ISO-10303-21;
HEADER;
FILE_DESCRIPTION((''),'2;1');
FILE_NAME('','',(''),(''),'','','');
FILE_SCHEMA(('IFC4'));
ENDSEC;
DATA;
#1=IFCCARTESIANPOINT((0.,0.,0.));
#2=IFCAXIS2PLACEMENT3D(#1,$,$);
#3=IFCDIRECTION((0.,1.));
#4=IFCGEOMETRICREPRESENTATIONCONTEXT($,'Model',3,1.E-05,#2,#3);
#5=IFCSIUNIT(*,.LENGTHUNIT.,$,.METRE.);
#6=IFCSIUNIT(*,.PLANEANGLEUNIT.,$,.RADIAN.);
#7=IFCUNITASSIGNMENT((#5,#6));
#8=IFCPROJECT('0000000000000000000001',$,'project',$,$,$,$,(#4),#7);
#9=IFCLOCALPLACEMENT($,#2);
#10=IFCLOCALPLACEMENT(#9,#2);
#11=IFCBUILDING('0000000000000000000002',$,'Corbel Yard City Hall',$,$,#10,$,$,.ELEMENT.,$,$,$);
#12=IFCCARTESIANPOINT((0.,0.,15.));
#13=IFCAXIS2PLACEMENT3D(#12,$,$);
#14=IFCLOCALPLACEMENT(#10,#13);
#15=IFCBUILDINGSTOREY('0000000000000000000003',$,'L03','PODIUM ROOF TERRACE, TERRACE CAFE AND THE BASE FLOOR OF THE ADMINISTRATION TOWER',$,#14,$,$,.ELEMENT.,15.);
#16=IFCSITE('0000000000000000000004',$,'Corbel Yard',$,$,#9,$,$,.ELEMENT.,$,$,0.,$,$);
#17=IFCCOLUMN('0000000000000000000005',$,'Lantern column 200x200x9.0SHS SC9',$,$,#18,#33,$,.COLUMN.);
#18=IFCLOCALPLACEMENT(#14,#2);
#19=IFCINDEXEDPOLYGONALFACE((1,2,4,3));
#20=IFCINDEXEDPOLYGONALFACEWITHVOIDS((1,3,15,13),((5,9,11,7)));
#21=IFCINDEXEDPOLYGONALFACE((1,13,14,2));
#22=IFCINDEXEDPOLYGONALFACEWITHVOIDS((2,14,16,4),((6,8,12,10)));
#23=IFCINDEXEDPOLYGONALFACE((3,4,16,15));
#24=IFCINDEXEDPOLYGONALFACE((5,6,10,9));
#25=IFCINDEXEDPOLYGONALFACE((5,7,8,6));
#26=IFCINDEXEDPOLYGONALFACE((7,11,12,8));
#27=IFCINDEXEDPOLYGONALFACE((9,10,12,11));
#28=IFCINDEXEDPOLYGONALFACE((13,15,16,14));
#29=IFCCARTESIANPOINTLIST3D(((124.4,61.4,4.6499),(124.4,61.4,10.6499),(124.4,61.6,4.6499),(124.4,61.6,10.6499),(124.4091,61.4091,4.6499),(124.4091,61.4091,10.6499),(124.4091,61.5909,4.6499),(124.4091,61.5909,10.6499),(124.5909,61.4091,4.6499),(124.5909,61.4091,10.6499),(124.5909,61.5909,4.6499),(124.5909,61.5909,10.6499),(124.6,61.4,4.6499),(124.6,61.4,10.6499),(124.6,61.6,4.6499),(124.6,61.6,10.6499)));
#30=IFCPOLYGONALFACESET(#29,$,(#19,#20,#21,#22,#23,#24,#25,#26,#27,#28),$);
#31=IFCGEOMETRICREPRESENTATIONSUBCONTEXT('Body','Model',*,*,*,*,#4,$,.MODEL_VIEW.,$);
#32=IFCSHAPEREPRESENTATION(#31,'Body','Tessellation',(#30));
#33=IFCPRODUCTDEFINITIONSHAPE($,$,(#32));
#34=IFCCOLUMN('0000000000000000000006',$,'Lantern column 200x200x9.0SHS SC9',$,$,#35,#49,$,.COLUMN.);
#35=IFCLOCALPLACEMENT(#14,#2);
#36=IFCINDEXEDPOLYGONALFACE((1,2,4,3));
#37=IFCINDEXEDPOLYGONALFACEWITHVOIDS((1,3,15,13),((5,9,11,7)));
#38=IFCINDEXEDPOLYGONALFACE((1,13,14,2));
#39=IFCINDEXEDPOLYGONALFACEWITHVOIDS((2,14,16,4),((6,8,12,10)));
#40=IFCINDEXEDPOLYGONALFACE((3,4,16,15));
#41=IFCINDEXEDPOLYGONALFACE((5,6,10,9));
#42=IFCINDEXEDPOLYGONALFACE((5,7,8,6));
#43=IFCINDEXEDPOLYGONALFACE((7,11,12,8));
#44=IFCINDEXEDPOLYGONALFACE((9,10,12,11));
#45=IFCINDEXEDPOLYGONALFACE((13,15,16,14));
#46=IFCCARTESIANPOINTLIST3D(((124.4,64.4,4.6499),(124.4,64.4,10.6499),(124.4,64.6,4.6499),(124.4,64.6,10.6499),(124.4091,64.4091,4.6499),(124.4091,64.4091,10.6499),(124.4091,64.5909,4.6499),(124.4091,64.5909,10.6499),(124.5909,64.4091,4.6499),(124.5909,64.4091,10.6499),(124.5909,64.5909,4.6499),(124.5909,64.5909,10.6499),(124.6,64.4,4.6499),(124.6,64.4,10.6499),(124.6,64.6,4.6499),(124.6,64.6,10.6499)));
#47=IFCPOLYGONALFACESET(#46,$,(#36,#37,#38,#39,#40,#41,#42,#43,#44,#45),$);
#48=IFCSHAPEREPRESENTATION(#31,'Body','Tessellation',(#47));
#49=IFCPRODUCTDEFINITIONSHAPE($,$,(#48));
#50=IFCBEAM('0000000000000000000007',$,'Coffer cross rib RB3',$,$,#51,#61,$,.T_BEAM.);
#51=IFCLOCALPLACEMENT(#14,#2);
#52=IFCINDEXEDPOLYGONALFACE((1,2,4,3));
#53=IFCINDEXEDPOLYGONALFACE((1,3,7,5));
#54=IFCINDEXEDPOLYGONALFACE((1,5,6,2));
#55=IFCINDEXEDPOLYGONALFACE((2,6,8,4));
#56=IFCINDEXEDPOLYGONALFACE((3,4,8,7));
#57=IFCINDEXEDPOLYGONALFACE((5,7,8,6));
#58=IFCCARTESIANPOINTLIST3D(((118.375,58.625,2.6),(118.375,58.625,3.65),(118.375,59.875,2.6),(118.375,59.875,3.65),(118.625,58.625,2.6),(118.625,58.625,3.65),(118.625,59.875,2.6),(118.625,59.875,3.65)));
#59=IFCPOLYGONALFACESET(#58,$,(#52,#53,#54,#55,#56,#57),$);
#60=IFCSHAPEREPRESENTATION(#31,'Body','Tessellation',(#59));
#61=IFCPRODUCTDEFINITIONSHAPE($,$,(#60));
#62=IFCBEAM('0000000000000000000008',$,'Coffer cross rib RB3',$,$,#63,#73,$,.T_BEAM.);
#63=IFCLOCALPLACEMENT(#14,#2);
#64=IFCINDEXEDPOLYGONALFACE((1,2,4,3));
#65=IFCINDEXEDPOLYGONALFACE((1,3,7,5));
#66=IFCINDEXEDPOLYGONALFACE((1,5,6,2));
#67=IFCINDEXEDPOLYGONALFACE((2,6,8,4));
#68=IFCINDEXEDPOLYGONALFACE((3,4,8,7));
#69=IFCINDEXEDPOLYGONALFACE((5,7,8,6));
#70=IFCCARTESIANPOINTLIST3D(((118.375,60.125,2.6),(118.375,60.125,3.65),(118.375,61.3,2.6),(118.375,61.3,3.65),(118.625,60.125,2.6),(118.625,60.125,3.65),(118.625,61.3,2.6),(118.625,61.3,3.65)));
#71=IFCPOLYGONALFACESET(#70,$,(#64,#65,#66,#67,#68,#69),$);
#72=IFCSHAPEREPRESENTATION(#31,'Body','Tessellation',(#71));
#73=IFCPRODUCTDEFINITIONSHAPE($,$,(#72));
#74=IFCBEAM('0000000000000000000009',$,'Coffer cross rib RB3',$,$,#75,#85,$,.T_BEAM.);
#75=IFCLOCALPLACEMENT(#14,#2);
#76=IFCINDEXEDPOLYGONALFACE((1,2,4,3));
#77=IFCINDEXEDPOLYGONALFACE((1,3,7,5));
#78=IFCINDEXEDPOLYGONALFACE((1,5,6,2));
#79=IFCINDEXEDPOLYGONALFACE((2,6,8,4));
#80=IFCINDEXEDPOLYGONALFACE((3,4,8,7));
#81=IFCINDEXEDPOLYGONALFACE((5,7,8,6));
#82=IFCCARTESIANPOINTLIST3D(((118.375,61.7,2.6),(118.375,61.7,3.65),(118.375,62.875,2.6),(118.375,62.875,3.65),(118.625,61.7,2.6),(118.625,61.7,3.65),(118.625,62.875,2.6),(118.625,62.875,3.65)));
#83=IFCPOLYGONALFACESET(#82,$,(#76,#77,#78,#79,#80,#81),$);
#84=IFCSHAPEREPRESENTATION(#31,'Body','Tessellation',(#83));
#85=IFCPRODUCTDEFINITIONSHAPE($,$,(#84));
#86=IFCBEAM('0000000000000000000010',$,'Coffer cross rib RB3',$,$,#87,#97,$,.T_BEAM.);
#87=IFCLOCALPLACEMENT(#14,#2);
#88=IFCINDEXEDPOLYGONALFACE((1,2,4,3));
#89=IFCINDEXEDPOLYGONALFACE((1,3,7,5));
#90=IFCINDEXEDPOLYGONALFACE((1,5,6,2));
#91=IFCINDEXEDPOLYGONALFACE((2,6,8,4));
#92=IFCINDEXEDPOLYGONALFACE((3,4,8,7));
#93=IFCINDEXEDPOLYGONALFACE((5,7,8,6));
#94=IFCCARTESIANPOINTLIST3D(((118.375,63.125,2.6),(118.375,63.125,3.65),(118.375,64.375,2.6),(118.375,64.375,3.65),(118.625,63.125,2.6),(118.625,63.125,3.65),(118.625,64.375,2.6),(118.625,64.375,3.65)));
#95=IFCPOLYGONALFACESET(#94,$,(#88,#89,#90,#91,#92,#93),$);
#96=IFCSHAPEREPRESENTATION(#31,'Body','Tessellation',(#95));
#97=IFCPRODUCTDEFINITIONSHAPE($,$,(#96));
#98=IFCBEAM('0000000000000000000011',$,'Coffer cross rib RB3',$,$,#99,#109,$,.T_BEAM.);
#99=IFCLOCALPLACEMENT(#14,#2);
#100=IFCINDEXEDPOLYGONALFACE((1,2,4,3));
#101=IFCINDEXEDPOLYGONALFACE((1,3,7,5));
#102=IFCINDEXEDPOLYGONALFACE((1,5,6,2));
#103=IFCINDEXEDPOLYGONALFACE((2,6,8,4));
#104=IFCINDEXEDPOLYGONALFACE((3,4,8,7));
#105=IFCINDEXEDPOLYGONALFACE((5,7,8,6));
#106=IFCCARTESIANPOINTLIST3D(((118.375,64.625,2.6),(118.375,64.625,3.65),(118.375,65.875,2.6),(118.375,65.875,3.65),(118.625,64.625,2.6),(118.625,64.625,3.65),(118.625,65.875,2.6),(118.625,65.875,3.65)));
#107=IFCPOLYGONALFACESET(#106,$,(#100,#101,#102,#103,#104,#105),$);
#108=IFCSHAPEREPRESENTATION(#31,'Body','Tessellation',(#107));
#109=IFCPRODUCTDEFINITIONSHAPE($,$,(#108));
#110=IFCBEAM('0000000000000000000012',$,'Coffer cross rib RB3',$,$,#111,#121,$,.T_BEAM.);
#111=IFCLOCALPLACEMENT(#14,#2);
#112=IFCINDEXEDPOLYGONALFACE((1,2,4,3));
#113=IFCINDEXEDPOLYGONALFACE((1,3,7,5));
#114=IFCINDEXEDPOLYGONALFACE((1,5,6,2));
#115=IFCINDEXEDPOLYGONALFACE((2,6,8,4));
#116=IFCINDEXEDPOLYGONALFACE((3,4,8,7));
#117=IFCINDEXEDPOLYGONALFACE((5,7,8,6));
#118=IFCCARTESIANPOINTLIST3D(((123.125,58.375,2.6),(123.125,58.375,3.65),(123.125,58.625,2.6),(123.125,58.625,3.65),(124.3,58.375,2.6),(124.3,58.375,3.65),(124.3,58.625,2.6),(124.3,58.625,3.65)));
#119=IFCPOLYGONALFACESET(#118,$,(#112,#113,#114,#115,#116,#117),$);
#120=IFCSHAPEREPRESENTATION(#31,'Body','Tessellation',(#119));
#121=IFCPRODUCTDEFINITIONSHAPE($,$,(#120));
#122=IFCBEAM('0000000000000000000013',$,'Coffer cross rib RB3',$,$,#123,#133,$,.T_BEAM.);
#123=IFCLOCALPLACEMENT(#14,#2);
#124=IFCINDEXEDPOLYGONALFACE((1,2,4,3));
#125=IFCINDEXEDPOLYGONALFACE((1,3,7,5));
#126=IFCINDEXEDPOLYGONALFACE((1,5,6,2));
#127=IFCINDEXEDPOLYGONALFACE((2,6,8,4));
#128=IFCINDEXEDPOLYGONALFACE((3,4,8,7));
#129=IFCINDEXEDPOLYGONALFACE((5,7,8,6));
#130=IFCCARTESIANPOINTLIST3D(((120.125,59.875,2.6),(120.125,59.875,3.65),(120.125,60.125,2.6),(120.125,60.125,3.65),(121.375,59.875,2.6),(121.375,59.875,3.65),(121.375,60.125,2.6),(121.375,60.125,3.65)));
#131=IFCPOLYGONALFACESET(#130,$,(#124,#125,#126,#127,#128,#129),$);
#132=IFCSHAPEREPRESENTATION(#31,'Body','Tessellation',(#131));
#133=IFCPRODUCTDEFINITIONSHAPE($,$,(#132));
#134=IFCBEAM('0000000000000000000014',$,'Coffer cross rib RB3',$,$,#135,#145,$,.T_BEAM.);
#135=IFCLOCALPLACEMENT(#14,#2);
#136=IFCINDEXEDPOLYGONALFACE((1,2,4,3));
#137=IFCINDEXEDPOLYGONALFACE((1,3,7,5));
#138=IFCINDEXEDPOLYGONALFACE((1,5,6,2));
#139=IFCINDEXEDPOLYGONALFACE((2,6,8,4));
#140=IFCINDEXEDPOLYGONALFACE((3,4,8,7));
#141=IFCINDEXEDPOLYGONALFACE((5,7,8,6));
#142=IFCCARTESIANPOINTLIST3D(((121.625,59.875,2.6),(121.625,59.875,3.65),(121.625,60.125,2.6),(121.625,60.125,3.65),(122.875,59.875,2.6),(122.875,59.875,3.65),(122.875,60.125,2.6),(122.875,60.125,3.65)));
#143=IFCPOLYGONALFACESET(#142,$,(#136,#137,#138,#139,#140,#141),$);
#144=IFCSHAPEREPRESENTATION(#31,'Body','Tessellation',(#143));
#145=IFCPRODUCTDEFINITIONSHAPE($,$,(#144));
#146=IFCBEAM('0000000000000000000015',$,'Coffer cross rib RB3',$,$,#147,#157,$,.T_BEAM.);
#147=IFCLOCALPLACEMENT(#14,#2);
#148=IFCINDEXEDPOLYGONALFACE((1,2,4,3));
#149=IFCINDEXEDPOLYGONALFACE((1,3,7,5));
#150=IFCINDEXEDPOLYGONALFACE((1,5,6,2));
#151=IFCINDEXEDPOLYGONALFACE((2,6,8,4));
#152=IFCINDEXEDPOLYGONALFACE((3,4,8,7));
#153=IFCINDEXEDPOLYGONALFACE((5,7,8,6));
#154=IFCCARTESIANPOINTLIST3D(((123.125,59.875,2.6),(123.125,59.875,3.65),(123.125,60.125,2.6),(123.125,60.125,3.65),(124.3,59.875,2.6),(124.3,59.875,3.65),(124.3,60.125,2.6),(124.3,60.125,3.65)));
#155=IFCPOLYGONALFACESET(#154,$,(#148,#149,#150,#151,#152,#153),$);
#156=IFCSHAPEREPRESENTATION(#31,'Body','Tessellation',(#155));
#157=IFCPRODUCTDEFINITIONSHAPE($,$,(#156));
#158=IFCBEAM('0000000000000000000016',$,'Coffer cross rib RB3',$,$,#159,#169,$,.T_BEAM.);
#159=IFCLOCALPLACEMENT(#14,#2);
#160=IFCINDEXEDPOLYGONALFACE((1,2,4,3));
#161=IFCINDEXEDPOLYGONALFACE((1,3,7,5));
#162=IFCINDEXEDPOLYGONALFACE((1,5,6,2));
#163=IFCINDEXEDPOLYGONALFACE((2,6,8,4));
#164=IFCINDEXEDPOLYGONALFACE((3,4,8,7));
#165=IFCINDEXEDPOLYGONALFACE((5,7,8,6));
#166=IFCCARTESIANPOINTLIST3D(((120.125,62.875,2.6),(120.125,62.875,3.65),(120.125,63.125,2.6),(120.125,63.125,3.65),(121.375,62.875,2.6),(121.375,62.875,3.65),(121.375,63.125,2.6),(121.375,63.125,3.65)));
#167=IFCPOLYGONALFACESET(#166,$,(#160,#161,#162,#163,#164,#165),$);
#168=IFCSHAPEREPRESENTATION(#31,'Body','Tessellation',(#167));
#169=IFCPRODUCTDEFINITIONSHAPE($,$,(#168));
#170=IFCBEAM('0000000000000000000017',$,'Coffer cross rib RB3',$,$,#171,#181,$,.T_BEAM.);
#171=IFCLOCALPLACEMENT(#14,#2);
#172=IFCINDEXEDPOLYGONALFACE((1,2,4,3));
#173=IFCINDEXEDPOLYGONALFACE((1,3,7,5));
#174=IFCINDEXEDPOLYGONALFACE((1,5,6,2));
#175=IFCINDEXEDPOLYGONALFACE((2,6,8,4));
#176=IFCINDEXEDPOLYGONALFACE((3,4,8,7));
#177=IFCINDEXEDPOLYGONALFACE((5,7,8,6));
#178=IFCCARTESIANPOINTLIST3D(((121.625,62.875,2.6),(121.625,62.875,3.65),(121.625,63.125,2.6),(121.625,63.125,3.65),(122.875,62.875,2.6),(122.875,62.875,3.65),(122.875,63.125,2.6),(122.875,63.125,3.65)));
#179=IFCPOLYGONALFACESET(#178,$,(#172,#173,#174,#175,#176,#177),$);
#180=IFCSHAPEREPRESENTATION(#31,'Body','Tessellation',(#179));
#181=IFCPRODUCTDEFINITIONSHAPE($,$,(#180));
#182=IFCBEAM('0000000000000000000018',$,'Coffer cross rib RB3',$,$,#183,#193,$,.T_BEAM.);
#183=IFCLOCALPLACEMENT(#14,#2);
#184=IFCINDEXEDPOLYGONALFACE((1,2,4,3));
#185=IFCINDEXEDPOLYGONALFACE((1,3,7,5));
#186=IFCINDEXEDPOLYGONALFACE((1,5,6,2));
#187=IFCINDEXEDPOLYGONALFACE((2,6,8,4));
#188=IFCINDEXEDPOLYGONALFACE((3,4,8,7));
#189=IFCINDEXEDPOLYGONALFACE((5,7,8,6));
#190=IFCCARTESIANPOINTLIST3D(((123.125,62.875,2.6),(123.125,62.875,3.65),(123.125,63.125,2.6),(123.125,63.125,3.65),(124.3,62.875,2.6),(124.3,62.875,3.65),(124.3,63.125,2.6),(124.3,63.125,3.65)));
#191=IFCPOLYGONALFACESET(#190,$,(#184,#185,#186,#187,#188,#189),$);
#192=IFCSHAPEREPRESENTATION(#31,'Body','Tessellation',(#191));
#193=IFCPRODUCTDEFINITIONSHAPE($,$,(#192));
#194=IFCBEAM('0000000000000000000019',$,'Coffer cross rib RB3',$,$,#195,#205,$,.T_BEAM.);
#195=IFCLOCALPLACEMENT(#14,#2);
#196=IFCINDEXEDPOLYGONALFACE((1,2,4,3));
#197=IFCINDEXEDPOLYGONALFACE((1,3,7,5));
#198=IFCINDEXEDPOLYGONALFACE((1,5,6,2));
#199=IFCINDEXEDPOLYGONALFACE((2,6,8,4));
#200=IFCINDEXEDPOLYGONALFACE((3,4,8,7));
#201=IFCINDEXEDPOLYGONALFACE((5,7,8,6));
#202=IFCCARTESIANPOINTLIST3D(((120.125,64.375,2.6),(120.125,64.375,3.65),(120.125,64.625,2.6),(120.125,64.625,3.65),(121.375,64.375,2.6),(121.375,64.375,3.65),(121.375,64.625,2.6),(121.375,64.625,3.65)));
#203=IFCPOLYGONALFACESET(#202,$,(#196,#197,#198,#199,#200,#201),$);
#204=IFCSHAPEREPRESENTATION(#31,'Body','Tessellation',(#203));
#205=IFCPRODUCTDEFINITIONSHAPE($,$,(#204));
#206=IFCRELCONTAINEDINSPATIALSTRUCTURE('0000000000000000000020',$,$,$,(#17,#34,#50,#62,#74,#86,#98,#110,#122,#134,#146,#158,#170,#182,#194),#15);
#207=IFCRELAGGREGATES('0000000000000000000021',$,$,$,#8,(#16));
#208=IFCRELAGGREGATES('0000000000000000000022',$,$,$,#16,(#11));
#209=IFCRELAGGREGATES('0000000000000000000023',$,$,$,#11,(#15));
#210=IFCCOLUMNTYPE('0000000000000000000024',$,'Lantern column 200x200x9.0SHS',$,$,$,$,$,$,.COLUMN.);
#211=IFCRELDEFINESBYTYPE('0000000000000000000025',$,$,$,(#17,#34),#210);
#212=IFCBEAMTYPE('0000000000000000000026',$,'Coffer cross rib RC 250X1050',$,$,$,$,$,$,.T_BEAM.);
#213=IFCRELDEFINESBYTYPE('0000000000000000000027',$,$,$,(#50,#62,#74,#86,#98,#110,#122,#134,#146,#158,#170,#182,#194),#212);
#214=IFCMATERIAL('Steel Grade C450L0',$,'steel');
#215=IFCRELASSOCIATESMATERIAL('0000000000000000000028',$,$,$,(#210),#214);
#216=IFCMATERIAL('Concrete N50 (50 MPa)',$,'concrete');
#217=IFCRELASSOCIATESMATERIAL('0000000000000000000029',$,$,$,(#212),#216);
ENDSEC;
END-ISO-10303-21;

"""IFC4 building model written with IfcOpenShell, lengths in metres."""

from ifc_helpers import new_model, si_unit, direction, frame, origin, origin_2d, place, context, subcontext, project, spatial, rectangle, hollow_rectangle, extrude, material, material_profile, profile_set, type_object, element, save


model = new_model("IFC4")

# Units and contexts
model_context = context("Model", 3, precision=1e-05, world=origin(), true_north=direction((0.0, 1.0)))
body_context = subcontext(model_context, "Body", "Model", "MODEL_VIEW")
ifc_project = project(units=[si_unit("LENGTHUNIT", "METRE"), si_unit("PLANEANGLEUNIT", "RADIAN")], contexts=[model_context])

# Site, building, storey
site_placement = place(None, origin())
site = spatial("IfcSite", under=ifc_project, at=site_placement, Name="Corbel Yard", CompositionType="ELEMENT", RefElevation=0.0)
building_placement = place(site_placement, origin())
building = spatial("IfcBuilding", under=site, at=building_placement, Name="Corbel Yard City Hall", CompositionType="ELEMENT")
storey_placement = place(building_placement, frame((0.0, 0.0, 15.0)))
storey = spatial("IfcBuildingStorey", under=building, at=storey_placement, Name="L03", Description="PODIUM ROOF TERRACE, TERRACE CAFE AND THE BASE FLOOR OF THE ADMINISTRATION TOWER", CompositionType="ELEMENT", Elevation=15.0)

# Columns
ifc_material_1 = material(Name="Steel Grade C450L0", Category="steel")
ifc_material_profile_1 = material_profile(ifc_material_1, hollow_rectangle(XDim=0.2, YDim=0.2, WallThickness=0.009, at=origin_2d()), Name="200x200x9.0SHS")
ifc_profile_set_1 = profile_set([ifc_material_profile_1], Name="Steel Grade C450L0")
column_type = type_object("IfcColumnType", Name="Lantern column 200x200x9.0SHS", PredefinedType="COLUMN", material=ifc_profile_set_1)
for number, where, z_axis, x_axis, name in (
    (1, (124.5, 61.5, 4.6499), (0.0, 0.0, 1.0), (1.0, 0.0, 0.0), "Lantern column 200x200x9.0SHS SC9"),
    (2, (124.5, 64.5, 4.6499), (0.0, 0.0, 1.0), (1.0, 0.0, 0.0), "Lantern column 200x200x9.0SHS SC9"),
):
    element("IfcColumn", number, at=place(storey_placement, frame(where, z_axis=z_axis, x_axis=x_axis)), inside=storey, type_object=column_type, Name=name, PredefinedType="COLUMN", context=body_context, shape_type="SweptSolid", body=[
        extrude(hollow_rectangle(XDim=0.2, YDim=0.2, WallThickness=0.009, at=origin_2d()), origin(), (0.0, 0.0, 1.0), 6.0),
    ])

# Beams
ifc_material_2 = material(Name="Concrete N50 (50 MPa)", Category="concrete")
ifc_material_profile_2 = material_profile(ifc_material_2, rectangle(XDim=0.25, YDim=1.05, at=origin_2d()), Name="250x1050")
ifc_profile_set_2 = profile_set([ifc_material_profile_2], Name="Concrete N50 (50 MPa)")
beam_type_1 = type_object("IfcBeamType", Name="Coffer cross rib RC 250X1050", PredefinedType="T_BEAM", material=ifc_profile_set_2)
beam_1_placement = place(storey_placement, frame((118.5, 58.625, 3.125), z_axis=(0.0, 1.0, 0.0), x_axis=(-1.0, 0.0, 0.0)))
element("IfcBeam", 3, at=beam_1_placement, inside=storey, type_object=beam_type_1, Name="Coffer cross rib RB3", PredefinedType="T_BEAM", context=body_context, shape_type="SweptSolid", body=[
    extrude(rectangle(XDim=0.25, YDim=1.05, at=origin_2d()), origin(), (0.0, 0.0, 1.0), 1.25),
])
for number, where, z_axis, x_axis, name in (
    (4, (118.5, 60.125, 3.125), (0.0, 1.0, 0.0), (-1.0, 0.0, 0.0), "Coffer cross rib RB3"),
    (5, (118.5, 61.7, 3.125), (0.0, 1.0, 0.0), (-1.0, 0.0, 0.0), "Coffer cross rib RB3"),
):
    element("IfcBeam", number, at=place(storey_placement, frame(where, z_axis=z_axis, x_axis=x_axis)), inside=storey, type_object=beam_type_1, Name=name, PredefinedType="T_BEAM", context=body_context, shape_type="SweptSolid", body=[
        extrude(rectangle(XDim=0.25, YDim=1.05, at=origin_2d()), origin(), (0.0, 0.0, 1.0), 1.175),
    ])
for number, where, z_axis, x_axis, name in (
    (6, (118.5, 63.125, 3.125), (0.0, 1.0, 0.0), (-1.0, 0.0, 0.0), "Coffer cross rib RB3"),
    (7, (118.5, 64.625, 3.125), (0.0, 1.0, 0.0), (-1.0, 0.0, 0.0), "Coffer cross rib RB3"),
):
    element("IfcBeam", number, at=place(storey_placement, frame(where, z_axis=z_axis, x_axis=x_axis)), inside=storey, type_object=beam_type_1, Name=name, PredefinedType="T_BEAM", context=body_context, shape_type="SweptSolid", body=[
        extrude(rectangle(XDim=0.25, YDim=1.05, at=origin_2d()), origin(), (0.0, 0.0, 1.0), 1.25),
    ])
beam_2_placement = place(storey_placement, frame((123.125, 58.5, 3.125), z_axis=(1.0, 0.0, 0.0), x_axis=(0.0, 1.0, 0.0)))
element("IfcBeam", 8, at=beam_2_placement, inside=storey, type_object=beam_type_1, Name="Coffer cross rib RB3", PredefinedType="T_BEAM", context=body_context, shape_type="SweptSolid", body=[
    extrude(rectangle(XDim=0.25, YDim=1.05, at=origin_2d()), origin(), (0.0, 0.0, 1.0), 1.175),
])
for number, where, z_axis, x_axis, name in (
    (9, (120.125, 60.0, 3.125), (1.0, 0.0, 0.0), (0.0, 1.0, 0.0), "Coffer cross rib RB3"),
    (10, (121.625, 60.0, 3.125), (1.0, 0.0, 0.0), (0.0, 1.0, 0.0), "Coffer cross rib RB3"),
):
    element("IfcBeam", number, at=place(storey_placement, frame(where, z_axis=z_axis, x_axis=x_axis)), inside=storey, type_object=beam_type_1, Name=name, PredefinedType="T_BEAM", context=body_context, shape_type="SweptSolid", body=[
        extrude(rectangle(XDim=0.25, YDim=1.05, at=origin_2d()), origin(), (0.0, 0.0, 1.0), 1.25),
    ])
beam_3_placement = place(storey_placement, frame((123.125, 60.0, 3.125), z_axis=(1.0, 0.0, 0.0), x_axis=(0.0, 1.0, 0.0)))
element("IfcBeam", 11, at=beam_3_placement, inside=storey, type_object=beam_type_1, Name="Coffer cross rib RB3", PredefinedType="T_BEAM", context=body_context, shape_type="SweptSolid", body=[
    extrude(rectangle(XDim=0.25, YDim=1.05, at=origin_2d()), origin(), (0.0, 0.0, 1.0), 1.175),
])
for number, where, z_axis, x_axis, name in (
    (12, (120.125, 63.0, 3.125), (1.0, 0.0, 0.0), (0.0, 1.0, 0.0), "Coffer cross rib RB3"),
    (13, (121.625, 63.0, 3.125), (1.0, 0.0, 0.0), (0.0, 1.0, 0.0), "Coffer cross rib RB3"),
):
    element("IfcBeam", number, at=place(storey_placement, frame(where, z_axis=z_axis, x_axis=x_axis)), inside=storey, type_object=beam_type_1, Name=name, PredefinedType="T_BEAM", context=body_context, shape_type="SweptSolid", body=[
        extrude(rectangle(XDim=0.25, YDim=1.05, at=origin_2d()), origin(), (0.0, 0.0, 1.0), 1.25),
    ])
beam_4_placement = place(storey_placement, frame((123.125, 63.0, 3.125), z_axis=(1.0, 0.0, 0.0), x_axis=(0.0, 1.0, 0.0)))
element("IfcBeam", 14, at=beam_4_placement, inside=storey, type_object=beam_type_1, Name="Coffer cross rib RB3", PredefinedType="T_BEAM", context=body_context, shape_type="SweptSolid", body=[
    extrude(rectangle(XDim=0.25, YDim=1.05, at=origin_2d()), origin(), (0.0, 0.0, 1.0), 1.175),
])
for number, where, z_axis, x_axis, name in (
    (15, (120.125, 64.5, 3.125), (1.0, 0.0, 0.0), (0.0, 1.0, 0.0), "Coffer cross rib RB3"),
):
    element("IfcBeam", number, at=place(storey_placement, frame(where, z_axis=z_axis, x_axis=x_axis)), inside=storey, type_object=beam_type_1, Name=name, PredefinedType="T_BEAM", context=body_context, shape_type="SweptSolid", body=[
        extrude(rectangle(XDim=0.25, YDim=1.05, at=origin_2d()), origin(), (0.0, 0.0, 1.0), 1.25),
    ])

save(model, "model.ifc")
